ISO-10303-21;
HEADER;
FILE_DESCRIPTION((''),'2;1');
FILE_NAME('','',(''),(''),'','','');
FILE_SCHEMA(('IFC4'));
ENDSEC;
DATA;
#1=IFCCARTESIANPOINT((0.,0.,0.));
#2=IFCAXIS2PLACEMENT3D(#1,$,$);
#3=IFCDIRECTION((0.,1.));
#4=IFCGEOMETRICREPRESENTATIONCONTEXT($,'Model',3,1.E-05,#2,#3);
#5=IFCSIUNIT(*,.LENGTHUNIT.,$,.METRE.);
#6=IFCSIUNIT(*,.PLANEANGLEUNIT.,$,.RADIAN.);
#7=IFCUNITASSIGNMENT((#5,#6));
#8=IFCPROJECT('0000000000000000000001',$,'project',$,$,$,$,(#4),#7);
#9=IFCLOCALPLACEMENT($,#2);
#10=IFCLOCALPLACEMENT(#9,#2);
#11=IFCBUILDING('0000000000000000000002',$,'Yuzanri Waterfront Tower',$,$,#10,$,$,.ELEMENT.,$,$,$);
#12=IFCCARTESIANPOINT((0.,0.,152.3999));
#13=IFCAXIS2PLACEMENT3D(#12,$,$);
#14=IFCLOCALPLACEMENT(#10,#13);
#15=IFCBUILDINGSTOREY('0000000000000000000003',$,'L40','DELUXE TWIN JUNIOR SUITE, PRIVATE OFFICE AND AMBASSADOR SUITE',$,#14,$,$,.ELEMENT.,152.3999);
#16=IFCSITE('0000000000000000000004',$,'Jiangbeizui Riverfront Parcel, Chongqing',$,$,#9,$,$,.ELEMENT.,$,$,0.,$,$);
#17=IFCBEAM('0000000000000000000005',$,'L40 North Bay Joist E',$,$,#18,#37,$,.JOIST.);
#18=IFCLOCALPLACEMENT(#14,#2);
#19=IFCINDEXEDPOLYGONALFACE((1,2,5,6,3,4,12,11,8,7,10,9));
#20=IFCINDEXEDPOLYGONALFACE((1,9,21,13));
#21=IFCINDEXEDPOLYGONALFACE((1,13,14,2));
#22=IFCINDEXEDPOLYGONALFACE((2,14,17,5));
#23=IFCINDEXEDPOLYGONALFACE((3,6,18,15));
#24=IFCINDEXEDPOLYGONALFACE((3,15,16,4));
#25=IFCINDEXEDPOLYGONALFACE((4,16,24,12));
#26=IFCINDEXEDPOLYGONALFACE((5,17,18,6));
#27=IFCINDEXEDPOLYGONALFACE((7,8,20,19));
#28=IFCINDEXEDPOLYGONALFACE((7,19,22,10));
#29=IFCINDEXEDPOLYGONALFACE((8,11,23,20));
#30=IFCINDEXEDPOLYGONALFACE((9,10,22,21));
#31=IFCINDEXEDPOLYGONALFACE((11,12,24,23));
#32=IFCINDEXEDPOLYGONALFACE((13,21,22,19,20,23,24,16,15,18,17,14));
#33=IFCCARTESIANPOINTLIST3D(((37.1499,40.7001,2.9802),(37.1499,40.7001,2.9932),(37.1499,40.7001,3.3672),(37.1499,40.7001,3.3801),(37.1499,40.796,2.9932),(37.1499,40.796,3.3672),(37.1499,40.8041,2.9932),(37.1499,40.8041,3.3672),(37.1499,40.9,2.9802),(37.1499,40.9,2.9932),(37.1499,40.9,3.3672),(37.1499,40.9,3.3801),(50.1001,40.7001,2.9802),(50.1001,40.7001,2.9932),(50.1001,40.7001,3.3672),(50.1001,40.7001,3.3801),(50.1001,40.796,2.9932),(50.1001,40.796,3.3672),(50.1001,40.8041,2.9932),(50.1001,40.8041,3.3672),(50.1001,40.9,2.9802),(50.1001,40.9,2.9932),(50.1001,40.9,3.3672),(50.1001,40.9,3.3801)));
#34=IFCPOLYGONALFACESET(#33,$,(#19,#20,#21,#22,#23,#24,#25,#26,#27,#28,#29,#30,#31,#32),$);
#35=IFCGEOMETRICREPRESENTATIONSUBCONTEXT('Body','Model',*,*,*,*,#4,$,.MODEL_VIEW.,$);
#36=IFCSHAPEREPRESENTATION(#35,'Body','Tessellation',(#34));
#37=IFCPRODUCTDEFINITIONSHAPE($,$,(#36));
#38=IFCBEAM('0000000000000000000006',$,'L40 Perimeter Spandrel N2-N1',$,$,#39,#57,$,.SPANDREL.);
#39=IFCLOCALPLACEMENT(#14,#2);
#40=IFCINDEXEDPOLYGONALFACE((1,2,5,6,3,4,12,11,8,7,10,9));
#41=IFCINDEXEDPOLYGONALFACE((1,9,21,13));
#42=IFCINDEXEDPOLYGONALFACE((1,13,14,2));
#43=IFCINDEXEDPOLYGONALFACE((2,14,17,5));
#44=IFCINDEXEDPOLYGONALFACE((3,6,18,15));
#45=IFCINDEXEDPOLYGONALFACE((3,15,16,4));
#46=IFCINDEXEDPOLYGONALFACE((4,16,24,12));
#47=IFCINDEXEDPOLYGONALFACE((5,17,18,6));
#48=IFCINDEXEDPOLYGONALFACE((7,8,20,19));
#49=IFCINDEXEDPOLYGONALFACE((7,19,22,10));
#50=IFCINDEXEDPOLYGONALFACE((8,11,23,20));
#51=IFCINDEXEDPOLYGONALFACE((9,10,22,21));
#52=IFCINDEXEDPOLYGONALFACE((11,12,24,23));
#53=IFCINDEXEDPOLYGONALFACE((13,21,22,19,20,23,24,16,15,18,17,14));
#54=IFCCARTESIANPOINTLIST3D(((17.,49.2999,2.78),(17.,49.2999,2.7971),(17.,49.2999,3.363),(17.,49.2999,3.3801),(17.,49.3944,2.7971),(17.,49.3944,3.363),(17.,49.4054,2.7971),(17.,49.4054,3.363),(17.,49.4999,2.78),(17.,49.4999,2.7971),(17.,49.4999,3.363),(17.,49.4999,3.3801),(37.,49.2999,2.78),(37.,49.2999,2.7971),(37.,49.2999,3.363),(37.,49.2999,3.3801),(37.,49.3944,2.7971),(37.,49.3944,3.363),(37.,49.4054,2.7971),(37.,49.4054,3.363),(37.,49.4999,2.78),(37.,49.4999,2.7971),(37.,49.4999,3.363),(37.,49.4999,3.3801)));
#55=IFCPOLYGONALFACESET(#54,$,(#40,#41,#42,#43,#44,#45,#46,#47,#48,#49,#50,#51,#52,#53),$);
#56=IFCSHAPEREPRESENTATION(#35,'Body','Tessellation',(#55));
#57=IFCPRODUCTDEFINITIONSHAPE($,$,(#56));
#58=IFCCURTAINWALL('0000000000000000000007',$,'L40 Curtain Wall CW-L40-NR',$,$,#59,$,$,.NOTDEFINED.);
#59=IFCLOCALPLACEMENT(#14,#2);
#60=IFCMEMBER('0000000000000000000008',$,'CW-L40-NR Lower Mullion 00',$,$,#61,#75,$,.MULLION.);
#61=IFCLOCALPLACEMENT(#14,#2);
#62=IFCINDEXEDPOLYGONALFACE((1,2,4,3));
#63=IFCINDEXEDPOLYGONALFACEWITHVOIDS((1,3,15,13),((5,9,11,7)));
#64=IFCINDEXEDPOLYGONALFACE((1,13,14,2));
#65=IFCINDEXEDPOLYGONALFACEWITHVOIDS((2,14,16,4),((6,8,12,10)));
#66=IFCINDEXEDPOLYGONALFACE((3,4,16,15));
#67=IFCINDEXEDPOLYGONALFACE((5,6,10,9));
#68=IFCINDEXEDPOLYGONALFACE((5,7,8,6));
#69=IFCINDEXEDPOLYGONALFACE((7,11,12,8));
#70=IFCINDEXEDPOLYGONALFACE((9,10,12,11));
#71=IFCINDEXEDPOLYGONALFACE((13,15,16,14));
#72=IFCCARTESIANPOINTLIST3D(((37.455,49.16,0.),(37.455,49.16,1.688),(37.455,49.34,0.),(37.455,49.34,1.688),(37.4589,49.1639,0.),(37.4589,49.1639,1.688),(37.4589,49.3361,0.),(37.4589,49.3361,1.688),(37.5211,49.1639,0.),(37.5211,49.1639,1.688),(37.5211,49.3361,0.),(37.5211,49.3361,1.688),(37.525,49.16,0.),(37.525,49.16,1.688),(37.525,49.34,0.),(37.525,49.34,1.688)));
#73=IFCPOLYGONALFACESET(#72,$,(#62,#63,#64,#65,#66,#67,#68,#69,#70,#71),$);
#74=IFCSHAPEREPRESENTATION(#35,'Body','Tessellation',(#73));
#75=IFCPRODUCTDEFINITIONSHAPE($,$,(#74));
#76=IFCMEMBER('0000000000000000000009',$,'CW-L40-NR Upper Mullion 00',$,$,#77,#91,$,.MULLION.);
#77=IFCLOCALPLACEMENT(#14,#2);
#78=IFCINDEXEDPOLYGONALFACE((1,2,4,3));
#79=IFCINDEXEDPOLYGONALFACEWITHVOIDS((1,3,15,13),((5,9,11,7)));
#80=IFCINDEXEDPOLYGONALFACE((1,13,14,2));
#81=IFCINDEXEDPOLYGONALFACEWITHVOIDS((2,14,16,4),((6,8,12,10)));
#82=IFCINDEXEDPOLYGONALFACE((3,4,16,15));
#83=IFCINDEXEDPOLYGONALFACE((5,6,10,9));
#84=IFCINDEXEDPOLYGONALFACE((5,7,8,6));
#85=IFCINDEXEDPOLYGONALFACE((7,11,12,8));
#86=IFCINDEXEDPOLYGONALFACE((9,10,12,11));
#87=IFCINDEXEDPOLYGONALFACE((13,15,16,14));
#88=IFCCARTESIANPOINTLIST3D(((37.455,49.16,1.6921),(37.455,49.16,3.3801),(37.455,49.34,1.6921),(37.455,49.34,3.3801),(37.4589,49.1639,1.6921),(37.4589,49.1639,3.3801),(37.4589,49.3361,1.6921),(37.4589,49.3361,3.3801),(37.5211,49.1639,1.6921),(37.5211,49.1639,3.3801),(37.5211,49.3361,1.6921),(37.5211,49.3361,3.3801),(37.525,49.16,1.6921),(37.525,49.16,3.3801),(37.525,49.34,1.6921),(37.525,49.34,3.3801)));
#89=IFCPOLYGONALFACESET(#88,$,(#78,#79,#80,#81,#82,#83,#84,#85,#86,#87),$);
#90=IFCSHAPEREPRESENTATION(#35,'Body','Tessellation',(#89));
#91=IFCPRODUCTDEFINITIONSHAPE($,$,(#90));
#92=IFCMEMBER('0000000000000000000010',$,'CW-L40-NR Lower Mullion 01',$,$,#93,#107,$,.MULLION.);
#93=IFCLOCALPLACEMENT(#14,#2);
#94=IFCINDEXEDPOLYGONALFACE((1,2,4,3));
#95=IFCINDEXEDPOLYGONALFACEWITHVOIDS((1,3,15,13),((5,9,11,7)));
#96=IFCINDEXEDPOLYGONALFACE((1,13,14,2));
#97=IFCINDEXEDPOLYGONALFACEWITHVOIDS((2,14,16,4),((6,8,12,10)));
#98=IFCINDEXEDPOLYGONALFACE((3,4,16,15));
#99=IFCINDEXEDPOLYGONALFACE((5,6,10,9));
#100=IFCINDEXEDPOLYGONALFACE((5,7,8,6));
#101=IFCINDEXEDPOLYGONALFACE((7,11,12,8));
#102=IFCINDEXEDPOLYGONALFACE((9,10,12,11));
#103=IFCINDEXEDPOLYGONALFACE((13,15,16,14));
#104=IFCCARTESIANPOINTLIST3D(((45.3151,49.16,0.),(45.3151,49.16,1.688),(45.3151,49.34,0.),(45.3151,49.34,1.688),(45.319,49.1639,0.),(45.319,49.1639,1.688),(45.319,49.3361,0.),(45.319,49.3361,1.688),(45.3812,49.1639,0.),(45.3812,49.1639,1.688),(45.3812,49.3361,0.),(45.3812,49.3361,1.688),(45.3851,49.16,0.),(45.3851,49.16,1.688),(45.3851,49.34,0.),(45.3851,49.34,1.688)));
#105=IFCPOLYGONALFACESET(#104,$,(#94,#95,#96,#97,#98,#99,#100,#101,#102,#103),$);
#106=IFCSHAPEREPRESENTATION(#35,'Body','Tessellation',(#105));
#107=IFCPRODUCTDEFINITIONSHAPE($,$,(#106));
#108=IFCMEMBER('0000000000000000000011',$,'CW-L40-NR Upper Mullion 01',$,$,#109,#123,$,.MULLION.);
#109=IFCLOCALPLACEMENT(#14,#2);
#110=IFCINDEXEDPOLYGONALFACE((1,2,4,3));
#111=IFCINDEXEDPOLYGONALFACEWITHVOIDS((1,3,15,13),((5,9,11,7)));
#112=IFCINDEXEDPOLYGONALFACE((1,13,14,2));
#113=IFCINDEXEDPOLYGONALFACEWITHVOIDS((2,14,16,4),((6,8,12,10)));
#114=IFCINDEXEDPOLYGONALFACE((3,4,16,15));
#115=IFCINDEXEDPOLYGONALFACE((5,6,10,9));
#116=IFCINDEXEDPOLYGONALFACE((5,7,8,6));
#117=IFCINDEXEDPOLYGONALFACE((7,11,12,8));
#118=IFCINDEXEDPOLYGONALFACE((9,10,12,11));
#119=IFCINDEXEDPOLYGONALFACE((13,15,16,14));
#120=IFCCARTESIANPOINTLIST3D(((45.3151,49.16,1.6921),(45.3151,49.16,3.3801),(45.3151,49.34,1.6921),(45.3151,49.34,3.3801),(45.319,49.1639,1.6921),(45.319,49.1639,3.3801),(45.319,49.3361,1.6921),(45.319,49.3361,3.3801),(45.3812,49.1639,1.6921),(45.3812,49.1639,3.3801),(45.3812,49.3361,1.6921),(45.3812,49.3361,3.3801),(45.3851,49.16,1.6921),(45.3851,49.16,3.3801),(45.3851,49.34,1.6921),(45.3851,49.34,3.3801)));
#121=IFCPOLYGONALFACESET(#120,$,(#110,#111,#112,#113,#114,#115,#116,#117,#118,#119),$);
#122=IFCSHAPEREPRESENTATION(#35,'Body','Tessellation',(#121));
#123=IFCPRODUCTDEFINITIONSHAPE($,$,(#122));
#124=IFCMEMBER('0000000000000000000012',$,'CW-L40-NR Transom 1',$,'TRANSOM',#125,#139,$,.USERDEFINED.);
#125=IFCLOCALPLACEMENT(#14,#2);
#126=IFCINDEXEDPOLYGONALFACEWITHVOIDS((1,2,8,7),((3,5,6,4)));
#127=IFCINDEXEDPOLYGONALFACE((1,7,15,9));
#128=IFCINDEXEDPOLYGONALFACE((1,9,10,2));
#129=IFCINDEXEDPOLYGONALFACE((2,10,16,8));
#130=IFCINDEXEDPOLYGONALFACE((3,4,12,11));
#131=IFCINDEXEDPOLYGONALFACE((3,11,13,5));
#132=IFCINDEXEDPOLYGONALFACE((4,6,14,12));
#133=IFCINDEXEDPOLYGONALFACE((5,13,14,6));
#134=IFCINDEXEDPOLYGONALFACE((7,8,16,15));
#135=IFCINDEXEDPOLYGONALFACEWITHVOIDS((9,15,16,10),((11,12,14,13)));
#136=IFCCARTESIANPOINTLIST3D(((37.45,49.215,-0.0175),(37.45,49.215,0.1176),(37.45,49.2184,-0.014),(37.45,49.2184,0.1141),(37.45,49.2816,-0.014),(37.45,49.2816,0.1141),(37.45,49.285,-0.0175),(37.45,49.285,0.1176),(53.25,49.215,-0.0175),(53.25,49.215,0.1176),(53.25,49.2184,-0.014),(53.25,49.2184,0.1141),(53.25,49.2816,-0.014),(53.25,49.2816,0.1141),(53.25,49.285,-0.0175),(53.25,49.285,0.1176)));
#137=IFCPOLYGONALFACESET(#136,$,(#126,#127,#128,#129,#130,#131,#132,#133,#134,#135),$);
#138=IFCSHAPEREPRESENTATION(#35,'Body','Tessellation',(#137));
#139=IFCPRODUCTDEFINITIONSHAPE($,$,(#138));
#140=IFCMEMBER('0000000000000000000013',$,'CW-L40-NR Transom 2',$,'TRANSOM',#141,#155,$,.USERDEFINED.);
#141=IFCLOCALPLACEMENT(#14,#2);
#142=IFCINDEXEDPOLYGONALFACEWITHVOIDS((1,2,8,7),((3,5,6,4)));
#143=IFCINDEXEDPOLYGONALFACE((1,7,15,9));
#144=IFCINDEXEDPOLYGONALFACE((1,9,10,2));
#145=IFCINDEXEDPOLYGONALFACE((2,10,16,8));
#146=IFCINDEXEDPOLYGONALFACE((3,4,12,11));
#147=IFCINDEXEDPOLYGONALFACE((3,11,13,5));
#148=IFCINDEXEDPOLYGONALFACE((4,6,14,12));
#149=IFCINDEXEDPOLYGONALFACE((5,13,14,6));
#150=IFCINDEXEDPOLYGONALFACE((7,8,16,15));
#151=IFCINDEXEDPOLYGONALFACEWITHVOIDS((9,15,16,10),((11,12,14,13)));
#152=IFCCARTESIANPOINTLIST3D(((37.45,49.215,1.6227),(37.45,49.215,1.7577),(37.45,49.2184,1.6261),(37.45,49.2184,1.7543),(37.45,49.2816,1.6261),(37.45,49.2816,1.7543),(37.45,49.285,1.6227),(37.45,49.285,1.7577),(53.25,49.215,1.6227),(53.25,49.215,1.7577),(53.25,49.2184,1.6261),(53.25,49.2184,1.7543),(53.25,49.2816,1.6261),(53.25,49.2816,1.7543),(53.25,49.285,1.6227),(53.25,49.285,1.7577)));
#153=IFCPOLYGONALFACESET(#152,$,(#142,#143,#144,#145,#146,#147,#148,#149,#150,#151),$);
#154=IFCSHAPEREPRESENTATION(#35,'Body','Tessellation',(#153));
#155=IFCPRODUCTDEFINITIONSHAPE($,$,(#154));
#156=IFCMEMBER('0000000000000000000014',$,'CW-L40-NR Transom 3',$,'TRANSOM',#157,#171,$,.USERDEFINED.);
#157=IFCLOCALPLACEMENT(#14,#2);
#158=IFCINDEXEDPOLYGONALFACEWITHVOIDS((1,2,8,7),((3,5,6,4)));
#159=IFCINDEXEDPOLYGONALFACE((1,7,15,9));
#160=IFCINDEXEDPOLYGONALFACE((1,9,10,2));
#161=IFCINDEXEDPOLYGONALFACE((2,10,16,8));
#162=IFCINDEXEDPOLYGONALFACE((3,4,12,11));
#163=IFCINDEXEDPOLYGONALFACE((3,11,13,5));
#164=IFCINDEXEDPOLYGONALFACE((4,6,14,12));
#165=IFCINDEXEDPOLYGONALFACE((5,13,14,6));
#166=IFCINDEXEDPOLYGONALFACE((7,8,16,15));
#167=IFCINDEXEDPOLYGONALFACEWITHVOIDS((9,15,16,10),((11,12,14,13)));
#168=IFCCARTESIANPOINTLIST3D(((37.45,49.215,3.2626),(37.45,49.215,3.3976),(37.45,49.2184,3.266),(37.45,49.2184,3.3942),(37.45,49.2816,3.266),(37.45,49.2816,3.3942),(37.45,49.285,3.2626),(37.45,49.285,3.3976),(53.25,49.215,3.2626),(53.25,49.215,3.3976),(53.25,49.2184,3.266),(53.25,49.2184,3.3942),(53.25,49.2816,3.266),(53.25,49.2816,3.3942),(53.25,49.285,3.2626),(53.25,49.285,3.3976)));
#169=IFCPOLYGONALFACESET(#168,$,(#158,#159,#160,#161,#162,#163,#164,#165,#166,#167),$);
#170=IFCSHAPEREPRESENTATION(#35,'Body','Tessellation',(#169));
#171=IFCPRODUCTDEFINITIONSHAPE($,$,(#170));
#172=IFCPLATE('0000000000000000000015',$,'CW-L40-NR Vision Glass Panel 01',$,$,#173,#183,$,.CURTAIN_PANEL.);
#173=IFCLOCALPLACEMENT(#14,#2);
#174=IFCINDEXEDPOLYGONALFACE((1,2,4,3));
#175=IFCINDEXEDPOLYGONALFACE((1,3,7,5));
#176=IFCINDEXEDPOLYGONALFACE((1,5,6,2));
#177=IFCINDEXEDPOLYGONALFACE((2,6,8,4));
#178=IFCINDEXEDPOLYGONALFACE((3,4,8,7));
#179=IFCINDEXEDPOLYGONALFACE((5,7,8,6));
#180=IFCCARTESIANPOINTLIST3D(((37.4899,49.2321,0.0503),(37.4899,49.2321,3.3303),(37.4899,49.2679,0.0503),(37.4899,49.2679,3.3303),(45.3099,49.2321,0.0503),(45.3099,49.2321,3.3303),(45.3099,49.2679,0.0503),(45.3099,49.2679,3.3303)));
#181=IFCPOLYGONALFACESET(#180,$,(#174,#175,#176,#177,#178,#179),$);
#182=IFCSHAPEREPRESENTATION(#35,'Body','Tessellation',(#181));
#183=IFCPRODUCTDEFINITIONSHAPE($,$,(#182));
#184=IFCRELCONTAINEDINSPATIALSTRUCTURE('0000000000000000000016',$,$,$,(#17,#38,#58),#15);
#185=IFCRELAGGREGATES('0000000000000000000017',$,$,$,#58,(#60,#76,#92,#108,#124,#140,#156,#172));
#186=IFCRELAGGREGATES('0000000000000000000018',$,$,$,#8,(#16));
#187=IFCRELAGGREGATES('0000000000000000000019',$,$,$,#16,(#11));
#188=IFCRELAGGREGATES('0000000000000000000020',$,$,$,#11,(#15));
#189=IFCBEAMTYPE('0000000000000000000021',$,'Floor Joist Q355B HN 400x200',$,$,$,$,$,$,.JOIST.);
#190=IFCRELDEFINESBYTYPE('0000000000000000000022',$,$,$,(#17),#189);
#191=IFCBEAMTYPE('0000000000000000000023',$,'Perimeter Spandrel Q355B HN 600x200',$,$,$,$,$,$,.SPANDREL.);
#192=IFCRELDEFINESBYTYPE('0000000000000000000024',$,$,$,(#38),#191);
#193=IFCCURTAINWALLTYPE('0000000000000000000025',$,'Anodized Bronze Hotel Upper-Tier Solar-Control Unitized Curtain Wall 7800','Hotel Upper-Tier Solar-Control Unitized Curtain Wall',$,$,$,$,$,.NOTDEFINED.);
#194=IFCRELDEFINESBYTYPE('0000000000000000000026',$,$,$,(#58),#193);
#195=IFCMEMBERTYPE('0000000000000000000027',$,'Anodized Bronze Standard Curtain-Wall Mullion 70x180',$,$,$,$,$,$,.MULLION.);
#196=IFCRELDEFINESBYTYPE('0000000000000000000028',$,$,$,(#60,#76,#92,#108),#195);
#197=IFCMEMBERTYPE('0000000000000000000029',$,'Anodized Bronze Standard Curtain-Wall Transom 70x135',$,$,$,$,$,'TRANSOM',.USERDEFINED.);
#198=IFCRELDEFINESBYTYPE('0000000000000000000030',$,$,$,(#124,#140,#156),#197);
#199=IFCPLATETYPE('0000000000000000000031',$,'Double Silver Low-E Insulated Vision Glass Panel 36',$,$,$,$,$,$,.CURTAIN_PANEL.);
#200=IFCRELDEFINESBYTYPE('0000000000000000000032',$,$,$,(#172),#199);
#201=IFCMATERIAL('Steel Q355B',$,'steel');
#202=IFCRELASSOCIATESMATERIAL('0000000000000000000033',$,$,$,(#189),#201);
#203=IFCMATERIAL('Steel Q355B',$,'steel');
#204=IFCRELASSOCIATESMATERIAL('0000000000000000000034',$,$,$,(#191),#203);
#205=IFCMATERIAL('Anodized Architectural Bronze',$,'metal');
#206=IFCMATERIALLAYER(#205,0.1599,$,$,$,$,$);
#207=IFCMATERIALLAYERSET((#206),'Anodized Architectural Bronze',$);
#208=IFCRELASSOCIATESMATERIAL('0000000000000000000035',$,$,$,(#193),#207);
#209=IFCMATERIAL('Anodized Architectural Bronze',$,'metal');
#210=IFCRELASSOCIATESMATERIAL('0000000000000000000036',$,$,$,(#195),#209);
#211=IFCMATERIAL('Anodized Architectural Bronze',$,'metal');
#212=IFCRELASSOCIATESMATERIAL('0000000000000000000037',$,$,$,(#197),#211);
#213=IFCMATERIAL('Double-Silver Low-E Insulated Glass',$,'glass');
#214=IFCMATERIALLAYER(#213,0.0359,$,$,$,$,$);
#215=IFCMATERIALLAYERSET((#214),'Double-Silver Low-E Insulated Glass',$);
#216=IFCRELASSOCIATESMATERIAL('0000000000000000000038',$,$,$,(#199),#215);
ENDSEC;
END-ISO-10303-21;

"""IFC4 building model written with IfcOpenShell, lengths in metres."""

from ifc_helpers import new_model, si_unit, direction, frame, origin, origin_2d, place, context, subcontext, project, spatial, rectangle, hollow_rectangle, i_section, extrude, source, transform, mapped, material, layer, layer_set, material_profile, profile_set, type_object, element, aggregate, save


model = new_model("IFC4")

# Units and contexts
model_context = context("Model", 3, precision=1e-05, world=origin(), true_north=direction((0.0, 1.0)))
body_context = subcontext(model_context, "Body", "Model", "MODEL_VIEW")
ifc_project = project(units=[si_unit("LENGTHUNIT", "METRE"), si_unit("PLANEANGLEUNIT", "RADIAN")], contexts=[model_context])

# Site, building, storey
site_placement = place(None, origin())
site = spatial("IfcSite", under=ifc_project, at=site_placement, Name="Jiangbeizui Riverfront Parcel, Chongqing", CompositionType="ELEMENT", RefElevation=0.0)
building_placement = place(site_placement, origin())
building = spatial("IfcBuilding", under=site, at=building_placement, Name="Yuzanri Waterfront Tower", CompositionType="ELEMENT")
storey_placement = place(building_placement, frame((0.0, 0.0, 152.3999)))
storey = spatial("IfcBuildingStorey", under=building, at=storey_placement, Name="L40", Description="DELUXE TWIN JUNIOR SUITE, PRIVATE OFFICE AND AMBASSADOR SUITE", CompositionType="ELEMENT", Elevation=152.3999)

# Beams
ifc_material_1 = material(Name="Steel Q355B", Category="steel")
ifc_material_profile_1 = material_profile(ifc_material_1, i_section(OverallWidth=0.2, OverallDepth=0.3999, WebThickness=0.0081, FlangeThickness=0.0129, at=origin_2d()), Name="HN 400x200x8x13")
ifc_profile_set_1 = profile_set([ifc_material_profile_1], Name="Steel Q355B")
beam_type_1 = type_object("IfcBeamType", Name="Floor Joist Q355B HN 400x200", PredefinedType="JOIST", material=ifc_profile_set_1)
shared_shape_1 = source(origin(), body_context, "Body", "SweptSolid", [
    extrude(i_section(OverallWidth=0.2, OverallDepth=0.3999, WebThickness=0.0081, FlangeThickness=0.0129, at=origin_2d()), origin(), (0.0, 0.0, 1.0), 12.9502),
])
beam_1_placement = place(storey_placement, frame((37.1499, 40.8, 3.1802), z_axis=(1.0, 0.0, 0.0), x_axis=(0.0, 1.0, 0.0)))
element("IfcBeam", 1, at=beam_1_placement, inside=storey, type_object=beam_type_1, Name="L40 North Bay Joist E", PredefinedType="JOIST", context=body_context, shape_type="MappedRepresentation", body=[
    mapped(shared_shape_1, transform((0.0, 0.0, 0.0), scale=1.0)),
])
ifc_material_2 = material(Name="Steel Q355B", Category="steel")
ifc_material_profile_2 = material_profile(ifc_material_2, i_section(OverallWidth=0.2, OverallDepth=0.6001, WebThickness=0.011, FlangeThickness=0.0171, at=origin_2d()), Name="HN 600x200x11x17")
ifc_profile_set_2 = profile_set([ifc_material_profile_2], Name="Steel Q355B")
beam_type_2 = type_object("IfcBeamType", Name="Perimeter Spandrel Q355B HN 600x200", PredefinedType="SPANDREL", material=ifc_profile_set_2)
shared_shape_2 = source(origin(), body_context, "Body", "SweptSolid", [
    extrude(i_section(OverallWidth=0.2, OverallDepth=0.6001, WebThickness=0.011, FlangeThickness=0.0171, at=origin_2d()), origin(), (0.0, 0.0, 1.0), 20.0),
])
beam_2_placement = place(storey_placement, frame((37.0, 49.3999, 3.0801), z_axis=(-1.0, 0.0, 0.0), x_axis=(0.0, -1.0, 0.0)))
element("IfcBeam", 2, at=beam_2_placement, inside=storey, type_object=beam_type_2, Name="L40 Perimeter Spandrel N2-N1", PredefinedType="SPANDREL", context=body_context, shape_type="MappedRepresentation", body=[
    mapped(shared_shape_2, transform((0.0, 0.0, 0.0), scale=1.0)),
])

# Curtain wall, members, plate
ifc_material_3 = material(Name="Anodized Architectural Bronze", Category="metal")
ifc_layer_1 = layer(ifc_material_3, 0.1599)
ifc_layer_set_1 = layer_set([ifc_layer_1], Name="Anodized Architectural Bronze")
curtain_wall_type = type_object("IfcCurtainWallType", Name="Anodized Bronze Hotel Upper-Tier Solar-Control Unitized Curtain Wall 7800", Description="Hotel Upper-Tier Solar-Control Unitized Curtain Wall", PredefinedType="NOTDEFINED", material=ifc_layer_set_1)
curtain_wall_placement = place(storey_placement, origin())
curtain_wall = element("IfcCurtainWall", 3, at=curtain_wall_placement, inside=storey, type_object=curtain_wall_type, Name="L40 Curtain Wall CW-L40-NR", PredefinedType="NOTDEFINED")
ifc_material_4 = material(Name="Anodized Architectural Bronze", Category="metal")
ifc_material_profile_3 = material_profile(ifc_material_4, hollow_rectangle(XDim=0.0701, YDim=0.1799, WallThickness=0.0039, at=origin_2d()), Name="CWM 70x180")
ifc_profile_set_3 = profile_set([ifc_material_profile_3], Name="Anodized Architectural Bronze")
member_type_1 = type_object("IfcMemberType", Name="Anodized Bronze Standard Curtain-Wall Mullion 70x180", PredefinedType="MULLION", material=ifc_profile_set_3)
shared_shape_3 = source(origin(), body_context, "Body", "SweptSolid", [
    extrude(hollow_rectangle(XDim=0.0701, YDim=0.1799, WallThickness=0.0039, at=origin_2d()), origin(), (0.0, 0.0, 1.0), 1.688),
])
member_1_placement = place(storey_placement, frame((37.49, 49.25, 0.0), z_axis=(0.0, 0.0, 1.0), x_axis=(1.0, 0.0, 0.0)))
member_1 = element("IfcMember", 4, at=member_1_placement, type_object=member_type_1, Name="CW-L40-NR Lower Mullion 00", PredefinedType="MULLION", context=body_context, shape_type="MappedRepresentation", body=[
    mapped(shared_shape_3, transform((0.0, 0.0, 0.0), scale=1.0)),
])
member_2_placement = place(storey_placement, frame((37.49, 49.25, 1.6921), z_axis=(0.0, 0.0, 1.0), x_axis=(1.0, 0.0, 0.0)))
member_2 = element("IfcMember", 5, at=member_2_placement, type_object=member_type_1, Name="CW-L40-NR Upper Mullion 00", PredefinedType="MULLION", context=body_context, shape_type="MappedRepresentation", body=[
    mapped(shared_shape_3, transform((0.0, 0.0, 0.0), scale=1.0)),
])
member_3_placement = place(storey_placement, frame((45.3501, 49.25, 0.0), z_axis=(0.0, 0.0, 1.0), x_axis=(1.0, 0.0, 0.0)))
member_3 = element("IfcMember", 6, at=member_3_placement, type_object=member_type_1, Name="CW-L40-NR Lower Mullion 01", PredefinedType="MULLION", context=body_context, shape_type="MappedRepresentation", body=[
    mapped(shared_shape_3, transform((0.0, 0.0, 0.0), scale=1.0)),
])
member_4_placement = place(storey_placement, frame((45.3501, 49.25, 1.6921), z_axis=(0.0, 0.0, 1.0), x_axis=(1.0, 0.0, 0.0)))
member_4 = element("IfcMember", 7, at=member_4_placement, type_object=member_type_1, Name="CW-L40-NR Upper Mullion 01", PredefinedType="MULLION", context=body_context, shape_type="MappedRepresentation", body=[
    mapped(shared_shape_3, transform((0.0, 0.0, 0.0), scale=1.0)),
])
ifc_material_5 = material(Name="Anodized Architectural Bronze", Category="metal")
ifc_material_profile_4 = material_profile(ifc_material_5, hollow_rectangle(XDim=0.0701, YDim=0.135, WallThickness=0.0034, at=origin_2d()), Name="CWT 70x135")
ifc_profile_set_4 = profile_set([ifc_material_profile_4], Name="Anodized Architectural Bronze")
member_type_2 = type_object("IfcMemberType", Name="Anodized Bronze Standard Curtain-Wall Transom 70x135", ElementType="TRANSOM", PredefinedType="USERDEFINED", material=ifc_profile_set_4)
shared_shape_4 = source(origin(), body_context, "Body", "SweptSolid", [
    extrude(hollow_rectangle(XDim=0.0701, YDim=0.135, WallThickness=0.0034, at=origin_2d()), origin(), (0.0, 0.0, 1.0), 15.8),
])
member_5_placement = place(storey_placement, frame((37.45, 49.25, 0.05), z_axis=(1.0, 0.0, 0.0), x_axis=(0.0, 1.0, 0.0)))
member_5 = element("IfcMember", 8, at=member_5_placement, type_object=member_type_2, Name="CW-L40-NR Transom 1", ObjectType="TRANSOM", PredefinedType="USERDEFINED", context=body_context, shape_type="MappedRepresentation", body=[
    mapped(shared_shape_4, transform((0.0, 0.0, 0.0), scale=1.0)),
])
member_6_placement = place(storey_placement, frame((37.45, 49.25, 1.6902), z_axis=(1.0, 0.0, 0.0), x_axis=(0.0, 1.0, 0.0)))
member_6 = element("IfcMember", 9, at=member_6_placement, type_object=member_type_2, Name="CW-L40-NR Transom 2", ObjectType="TRANSOM", PredefinedType="USERDEFINED", context=body_context, shape_type="MappedRepresentation", body=[
    mapped(shared_shape_4, transform((0.0, 0.0, 0.0), scale=1.0)),
])
member_7_placement = place(storey_placement, frame((37.45, 49.25, 3.3301), z_axis=(1.0, 0.0, 0.0), x_axis=(0.0, 1.0, 0.0)))
member_7 = element("IfcMember", 10, at=member_7_placement, type_object=member_type_2, Name="CW-L40-NR Transom 3", ObjectType="TRANSOM", PredefinedType="USERDEFINED", context=body_context, shape_type="MappedRepresentation", body=[
    mapped(shared_shape_4, transform((0.0, 0.0, 0.0), scale=1.0)),
])
ifc_material_6 = material(Name="Double-Silver Low-E Insulated Glass", Category="glass")
ifc_layer_2 = layer(ifc_material_6, 0.0359)
ifc_layer_set_2 = layer_set([ifc_layer_2], Name="Double-Silver Low-E Insulated Glass")
plate_type = type_object("IfcPlateType", Name="Double Silver Low-E Insulated Vision Glass Panel 36", PredefinedType="CURTAIN_PANEL", material=ifc_layer_set_2)
shared_shape_5 = source(origin(), body_context, "Body", "SweptSolid", [
    extrude(rectangle(XDim=7.8201, YDim=0.0359, at=origin_2d()), origin(), (0.0, 0.0, 1.0), 3.28),
])
plate_1_placement = place(storey_placement, frame((41.3999, 49.25, 0.0503), z_axis=(0.0, 0.0, 1.0), x_axis=(1.0, 0.0, 0.0)))
plate_1 = element("IfcPlate", 11, at=plate_1_placement, type_object=plate_type, Name="CW-L40-NR Vision Glass Panel 01", PredefinedType="CURTAIN_PANEL", context=body_context, shape_type="MappedRepresentation", body=[
    mapped(shared_shape_5, transform((0.0, 0.0, 0.0), scale=1.0)),
])
aggregate(curtain_wall, [member_1, member_2, member_3, member_4, member_5, member_6, member_7, plate_1])

save(model, "model.ifc")
